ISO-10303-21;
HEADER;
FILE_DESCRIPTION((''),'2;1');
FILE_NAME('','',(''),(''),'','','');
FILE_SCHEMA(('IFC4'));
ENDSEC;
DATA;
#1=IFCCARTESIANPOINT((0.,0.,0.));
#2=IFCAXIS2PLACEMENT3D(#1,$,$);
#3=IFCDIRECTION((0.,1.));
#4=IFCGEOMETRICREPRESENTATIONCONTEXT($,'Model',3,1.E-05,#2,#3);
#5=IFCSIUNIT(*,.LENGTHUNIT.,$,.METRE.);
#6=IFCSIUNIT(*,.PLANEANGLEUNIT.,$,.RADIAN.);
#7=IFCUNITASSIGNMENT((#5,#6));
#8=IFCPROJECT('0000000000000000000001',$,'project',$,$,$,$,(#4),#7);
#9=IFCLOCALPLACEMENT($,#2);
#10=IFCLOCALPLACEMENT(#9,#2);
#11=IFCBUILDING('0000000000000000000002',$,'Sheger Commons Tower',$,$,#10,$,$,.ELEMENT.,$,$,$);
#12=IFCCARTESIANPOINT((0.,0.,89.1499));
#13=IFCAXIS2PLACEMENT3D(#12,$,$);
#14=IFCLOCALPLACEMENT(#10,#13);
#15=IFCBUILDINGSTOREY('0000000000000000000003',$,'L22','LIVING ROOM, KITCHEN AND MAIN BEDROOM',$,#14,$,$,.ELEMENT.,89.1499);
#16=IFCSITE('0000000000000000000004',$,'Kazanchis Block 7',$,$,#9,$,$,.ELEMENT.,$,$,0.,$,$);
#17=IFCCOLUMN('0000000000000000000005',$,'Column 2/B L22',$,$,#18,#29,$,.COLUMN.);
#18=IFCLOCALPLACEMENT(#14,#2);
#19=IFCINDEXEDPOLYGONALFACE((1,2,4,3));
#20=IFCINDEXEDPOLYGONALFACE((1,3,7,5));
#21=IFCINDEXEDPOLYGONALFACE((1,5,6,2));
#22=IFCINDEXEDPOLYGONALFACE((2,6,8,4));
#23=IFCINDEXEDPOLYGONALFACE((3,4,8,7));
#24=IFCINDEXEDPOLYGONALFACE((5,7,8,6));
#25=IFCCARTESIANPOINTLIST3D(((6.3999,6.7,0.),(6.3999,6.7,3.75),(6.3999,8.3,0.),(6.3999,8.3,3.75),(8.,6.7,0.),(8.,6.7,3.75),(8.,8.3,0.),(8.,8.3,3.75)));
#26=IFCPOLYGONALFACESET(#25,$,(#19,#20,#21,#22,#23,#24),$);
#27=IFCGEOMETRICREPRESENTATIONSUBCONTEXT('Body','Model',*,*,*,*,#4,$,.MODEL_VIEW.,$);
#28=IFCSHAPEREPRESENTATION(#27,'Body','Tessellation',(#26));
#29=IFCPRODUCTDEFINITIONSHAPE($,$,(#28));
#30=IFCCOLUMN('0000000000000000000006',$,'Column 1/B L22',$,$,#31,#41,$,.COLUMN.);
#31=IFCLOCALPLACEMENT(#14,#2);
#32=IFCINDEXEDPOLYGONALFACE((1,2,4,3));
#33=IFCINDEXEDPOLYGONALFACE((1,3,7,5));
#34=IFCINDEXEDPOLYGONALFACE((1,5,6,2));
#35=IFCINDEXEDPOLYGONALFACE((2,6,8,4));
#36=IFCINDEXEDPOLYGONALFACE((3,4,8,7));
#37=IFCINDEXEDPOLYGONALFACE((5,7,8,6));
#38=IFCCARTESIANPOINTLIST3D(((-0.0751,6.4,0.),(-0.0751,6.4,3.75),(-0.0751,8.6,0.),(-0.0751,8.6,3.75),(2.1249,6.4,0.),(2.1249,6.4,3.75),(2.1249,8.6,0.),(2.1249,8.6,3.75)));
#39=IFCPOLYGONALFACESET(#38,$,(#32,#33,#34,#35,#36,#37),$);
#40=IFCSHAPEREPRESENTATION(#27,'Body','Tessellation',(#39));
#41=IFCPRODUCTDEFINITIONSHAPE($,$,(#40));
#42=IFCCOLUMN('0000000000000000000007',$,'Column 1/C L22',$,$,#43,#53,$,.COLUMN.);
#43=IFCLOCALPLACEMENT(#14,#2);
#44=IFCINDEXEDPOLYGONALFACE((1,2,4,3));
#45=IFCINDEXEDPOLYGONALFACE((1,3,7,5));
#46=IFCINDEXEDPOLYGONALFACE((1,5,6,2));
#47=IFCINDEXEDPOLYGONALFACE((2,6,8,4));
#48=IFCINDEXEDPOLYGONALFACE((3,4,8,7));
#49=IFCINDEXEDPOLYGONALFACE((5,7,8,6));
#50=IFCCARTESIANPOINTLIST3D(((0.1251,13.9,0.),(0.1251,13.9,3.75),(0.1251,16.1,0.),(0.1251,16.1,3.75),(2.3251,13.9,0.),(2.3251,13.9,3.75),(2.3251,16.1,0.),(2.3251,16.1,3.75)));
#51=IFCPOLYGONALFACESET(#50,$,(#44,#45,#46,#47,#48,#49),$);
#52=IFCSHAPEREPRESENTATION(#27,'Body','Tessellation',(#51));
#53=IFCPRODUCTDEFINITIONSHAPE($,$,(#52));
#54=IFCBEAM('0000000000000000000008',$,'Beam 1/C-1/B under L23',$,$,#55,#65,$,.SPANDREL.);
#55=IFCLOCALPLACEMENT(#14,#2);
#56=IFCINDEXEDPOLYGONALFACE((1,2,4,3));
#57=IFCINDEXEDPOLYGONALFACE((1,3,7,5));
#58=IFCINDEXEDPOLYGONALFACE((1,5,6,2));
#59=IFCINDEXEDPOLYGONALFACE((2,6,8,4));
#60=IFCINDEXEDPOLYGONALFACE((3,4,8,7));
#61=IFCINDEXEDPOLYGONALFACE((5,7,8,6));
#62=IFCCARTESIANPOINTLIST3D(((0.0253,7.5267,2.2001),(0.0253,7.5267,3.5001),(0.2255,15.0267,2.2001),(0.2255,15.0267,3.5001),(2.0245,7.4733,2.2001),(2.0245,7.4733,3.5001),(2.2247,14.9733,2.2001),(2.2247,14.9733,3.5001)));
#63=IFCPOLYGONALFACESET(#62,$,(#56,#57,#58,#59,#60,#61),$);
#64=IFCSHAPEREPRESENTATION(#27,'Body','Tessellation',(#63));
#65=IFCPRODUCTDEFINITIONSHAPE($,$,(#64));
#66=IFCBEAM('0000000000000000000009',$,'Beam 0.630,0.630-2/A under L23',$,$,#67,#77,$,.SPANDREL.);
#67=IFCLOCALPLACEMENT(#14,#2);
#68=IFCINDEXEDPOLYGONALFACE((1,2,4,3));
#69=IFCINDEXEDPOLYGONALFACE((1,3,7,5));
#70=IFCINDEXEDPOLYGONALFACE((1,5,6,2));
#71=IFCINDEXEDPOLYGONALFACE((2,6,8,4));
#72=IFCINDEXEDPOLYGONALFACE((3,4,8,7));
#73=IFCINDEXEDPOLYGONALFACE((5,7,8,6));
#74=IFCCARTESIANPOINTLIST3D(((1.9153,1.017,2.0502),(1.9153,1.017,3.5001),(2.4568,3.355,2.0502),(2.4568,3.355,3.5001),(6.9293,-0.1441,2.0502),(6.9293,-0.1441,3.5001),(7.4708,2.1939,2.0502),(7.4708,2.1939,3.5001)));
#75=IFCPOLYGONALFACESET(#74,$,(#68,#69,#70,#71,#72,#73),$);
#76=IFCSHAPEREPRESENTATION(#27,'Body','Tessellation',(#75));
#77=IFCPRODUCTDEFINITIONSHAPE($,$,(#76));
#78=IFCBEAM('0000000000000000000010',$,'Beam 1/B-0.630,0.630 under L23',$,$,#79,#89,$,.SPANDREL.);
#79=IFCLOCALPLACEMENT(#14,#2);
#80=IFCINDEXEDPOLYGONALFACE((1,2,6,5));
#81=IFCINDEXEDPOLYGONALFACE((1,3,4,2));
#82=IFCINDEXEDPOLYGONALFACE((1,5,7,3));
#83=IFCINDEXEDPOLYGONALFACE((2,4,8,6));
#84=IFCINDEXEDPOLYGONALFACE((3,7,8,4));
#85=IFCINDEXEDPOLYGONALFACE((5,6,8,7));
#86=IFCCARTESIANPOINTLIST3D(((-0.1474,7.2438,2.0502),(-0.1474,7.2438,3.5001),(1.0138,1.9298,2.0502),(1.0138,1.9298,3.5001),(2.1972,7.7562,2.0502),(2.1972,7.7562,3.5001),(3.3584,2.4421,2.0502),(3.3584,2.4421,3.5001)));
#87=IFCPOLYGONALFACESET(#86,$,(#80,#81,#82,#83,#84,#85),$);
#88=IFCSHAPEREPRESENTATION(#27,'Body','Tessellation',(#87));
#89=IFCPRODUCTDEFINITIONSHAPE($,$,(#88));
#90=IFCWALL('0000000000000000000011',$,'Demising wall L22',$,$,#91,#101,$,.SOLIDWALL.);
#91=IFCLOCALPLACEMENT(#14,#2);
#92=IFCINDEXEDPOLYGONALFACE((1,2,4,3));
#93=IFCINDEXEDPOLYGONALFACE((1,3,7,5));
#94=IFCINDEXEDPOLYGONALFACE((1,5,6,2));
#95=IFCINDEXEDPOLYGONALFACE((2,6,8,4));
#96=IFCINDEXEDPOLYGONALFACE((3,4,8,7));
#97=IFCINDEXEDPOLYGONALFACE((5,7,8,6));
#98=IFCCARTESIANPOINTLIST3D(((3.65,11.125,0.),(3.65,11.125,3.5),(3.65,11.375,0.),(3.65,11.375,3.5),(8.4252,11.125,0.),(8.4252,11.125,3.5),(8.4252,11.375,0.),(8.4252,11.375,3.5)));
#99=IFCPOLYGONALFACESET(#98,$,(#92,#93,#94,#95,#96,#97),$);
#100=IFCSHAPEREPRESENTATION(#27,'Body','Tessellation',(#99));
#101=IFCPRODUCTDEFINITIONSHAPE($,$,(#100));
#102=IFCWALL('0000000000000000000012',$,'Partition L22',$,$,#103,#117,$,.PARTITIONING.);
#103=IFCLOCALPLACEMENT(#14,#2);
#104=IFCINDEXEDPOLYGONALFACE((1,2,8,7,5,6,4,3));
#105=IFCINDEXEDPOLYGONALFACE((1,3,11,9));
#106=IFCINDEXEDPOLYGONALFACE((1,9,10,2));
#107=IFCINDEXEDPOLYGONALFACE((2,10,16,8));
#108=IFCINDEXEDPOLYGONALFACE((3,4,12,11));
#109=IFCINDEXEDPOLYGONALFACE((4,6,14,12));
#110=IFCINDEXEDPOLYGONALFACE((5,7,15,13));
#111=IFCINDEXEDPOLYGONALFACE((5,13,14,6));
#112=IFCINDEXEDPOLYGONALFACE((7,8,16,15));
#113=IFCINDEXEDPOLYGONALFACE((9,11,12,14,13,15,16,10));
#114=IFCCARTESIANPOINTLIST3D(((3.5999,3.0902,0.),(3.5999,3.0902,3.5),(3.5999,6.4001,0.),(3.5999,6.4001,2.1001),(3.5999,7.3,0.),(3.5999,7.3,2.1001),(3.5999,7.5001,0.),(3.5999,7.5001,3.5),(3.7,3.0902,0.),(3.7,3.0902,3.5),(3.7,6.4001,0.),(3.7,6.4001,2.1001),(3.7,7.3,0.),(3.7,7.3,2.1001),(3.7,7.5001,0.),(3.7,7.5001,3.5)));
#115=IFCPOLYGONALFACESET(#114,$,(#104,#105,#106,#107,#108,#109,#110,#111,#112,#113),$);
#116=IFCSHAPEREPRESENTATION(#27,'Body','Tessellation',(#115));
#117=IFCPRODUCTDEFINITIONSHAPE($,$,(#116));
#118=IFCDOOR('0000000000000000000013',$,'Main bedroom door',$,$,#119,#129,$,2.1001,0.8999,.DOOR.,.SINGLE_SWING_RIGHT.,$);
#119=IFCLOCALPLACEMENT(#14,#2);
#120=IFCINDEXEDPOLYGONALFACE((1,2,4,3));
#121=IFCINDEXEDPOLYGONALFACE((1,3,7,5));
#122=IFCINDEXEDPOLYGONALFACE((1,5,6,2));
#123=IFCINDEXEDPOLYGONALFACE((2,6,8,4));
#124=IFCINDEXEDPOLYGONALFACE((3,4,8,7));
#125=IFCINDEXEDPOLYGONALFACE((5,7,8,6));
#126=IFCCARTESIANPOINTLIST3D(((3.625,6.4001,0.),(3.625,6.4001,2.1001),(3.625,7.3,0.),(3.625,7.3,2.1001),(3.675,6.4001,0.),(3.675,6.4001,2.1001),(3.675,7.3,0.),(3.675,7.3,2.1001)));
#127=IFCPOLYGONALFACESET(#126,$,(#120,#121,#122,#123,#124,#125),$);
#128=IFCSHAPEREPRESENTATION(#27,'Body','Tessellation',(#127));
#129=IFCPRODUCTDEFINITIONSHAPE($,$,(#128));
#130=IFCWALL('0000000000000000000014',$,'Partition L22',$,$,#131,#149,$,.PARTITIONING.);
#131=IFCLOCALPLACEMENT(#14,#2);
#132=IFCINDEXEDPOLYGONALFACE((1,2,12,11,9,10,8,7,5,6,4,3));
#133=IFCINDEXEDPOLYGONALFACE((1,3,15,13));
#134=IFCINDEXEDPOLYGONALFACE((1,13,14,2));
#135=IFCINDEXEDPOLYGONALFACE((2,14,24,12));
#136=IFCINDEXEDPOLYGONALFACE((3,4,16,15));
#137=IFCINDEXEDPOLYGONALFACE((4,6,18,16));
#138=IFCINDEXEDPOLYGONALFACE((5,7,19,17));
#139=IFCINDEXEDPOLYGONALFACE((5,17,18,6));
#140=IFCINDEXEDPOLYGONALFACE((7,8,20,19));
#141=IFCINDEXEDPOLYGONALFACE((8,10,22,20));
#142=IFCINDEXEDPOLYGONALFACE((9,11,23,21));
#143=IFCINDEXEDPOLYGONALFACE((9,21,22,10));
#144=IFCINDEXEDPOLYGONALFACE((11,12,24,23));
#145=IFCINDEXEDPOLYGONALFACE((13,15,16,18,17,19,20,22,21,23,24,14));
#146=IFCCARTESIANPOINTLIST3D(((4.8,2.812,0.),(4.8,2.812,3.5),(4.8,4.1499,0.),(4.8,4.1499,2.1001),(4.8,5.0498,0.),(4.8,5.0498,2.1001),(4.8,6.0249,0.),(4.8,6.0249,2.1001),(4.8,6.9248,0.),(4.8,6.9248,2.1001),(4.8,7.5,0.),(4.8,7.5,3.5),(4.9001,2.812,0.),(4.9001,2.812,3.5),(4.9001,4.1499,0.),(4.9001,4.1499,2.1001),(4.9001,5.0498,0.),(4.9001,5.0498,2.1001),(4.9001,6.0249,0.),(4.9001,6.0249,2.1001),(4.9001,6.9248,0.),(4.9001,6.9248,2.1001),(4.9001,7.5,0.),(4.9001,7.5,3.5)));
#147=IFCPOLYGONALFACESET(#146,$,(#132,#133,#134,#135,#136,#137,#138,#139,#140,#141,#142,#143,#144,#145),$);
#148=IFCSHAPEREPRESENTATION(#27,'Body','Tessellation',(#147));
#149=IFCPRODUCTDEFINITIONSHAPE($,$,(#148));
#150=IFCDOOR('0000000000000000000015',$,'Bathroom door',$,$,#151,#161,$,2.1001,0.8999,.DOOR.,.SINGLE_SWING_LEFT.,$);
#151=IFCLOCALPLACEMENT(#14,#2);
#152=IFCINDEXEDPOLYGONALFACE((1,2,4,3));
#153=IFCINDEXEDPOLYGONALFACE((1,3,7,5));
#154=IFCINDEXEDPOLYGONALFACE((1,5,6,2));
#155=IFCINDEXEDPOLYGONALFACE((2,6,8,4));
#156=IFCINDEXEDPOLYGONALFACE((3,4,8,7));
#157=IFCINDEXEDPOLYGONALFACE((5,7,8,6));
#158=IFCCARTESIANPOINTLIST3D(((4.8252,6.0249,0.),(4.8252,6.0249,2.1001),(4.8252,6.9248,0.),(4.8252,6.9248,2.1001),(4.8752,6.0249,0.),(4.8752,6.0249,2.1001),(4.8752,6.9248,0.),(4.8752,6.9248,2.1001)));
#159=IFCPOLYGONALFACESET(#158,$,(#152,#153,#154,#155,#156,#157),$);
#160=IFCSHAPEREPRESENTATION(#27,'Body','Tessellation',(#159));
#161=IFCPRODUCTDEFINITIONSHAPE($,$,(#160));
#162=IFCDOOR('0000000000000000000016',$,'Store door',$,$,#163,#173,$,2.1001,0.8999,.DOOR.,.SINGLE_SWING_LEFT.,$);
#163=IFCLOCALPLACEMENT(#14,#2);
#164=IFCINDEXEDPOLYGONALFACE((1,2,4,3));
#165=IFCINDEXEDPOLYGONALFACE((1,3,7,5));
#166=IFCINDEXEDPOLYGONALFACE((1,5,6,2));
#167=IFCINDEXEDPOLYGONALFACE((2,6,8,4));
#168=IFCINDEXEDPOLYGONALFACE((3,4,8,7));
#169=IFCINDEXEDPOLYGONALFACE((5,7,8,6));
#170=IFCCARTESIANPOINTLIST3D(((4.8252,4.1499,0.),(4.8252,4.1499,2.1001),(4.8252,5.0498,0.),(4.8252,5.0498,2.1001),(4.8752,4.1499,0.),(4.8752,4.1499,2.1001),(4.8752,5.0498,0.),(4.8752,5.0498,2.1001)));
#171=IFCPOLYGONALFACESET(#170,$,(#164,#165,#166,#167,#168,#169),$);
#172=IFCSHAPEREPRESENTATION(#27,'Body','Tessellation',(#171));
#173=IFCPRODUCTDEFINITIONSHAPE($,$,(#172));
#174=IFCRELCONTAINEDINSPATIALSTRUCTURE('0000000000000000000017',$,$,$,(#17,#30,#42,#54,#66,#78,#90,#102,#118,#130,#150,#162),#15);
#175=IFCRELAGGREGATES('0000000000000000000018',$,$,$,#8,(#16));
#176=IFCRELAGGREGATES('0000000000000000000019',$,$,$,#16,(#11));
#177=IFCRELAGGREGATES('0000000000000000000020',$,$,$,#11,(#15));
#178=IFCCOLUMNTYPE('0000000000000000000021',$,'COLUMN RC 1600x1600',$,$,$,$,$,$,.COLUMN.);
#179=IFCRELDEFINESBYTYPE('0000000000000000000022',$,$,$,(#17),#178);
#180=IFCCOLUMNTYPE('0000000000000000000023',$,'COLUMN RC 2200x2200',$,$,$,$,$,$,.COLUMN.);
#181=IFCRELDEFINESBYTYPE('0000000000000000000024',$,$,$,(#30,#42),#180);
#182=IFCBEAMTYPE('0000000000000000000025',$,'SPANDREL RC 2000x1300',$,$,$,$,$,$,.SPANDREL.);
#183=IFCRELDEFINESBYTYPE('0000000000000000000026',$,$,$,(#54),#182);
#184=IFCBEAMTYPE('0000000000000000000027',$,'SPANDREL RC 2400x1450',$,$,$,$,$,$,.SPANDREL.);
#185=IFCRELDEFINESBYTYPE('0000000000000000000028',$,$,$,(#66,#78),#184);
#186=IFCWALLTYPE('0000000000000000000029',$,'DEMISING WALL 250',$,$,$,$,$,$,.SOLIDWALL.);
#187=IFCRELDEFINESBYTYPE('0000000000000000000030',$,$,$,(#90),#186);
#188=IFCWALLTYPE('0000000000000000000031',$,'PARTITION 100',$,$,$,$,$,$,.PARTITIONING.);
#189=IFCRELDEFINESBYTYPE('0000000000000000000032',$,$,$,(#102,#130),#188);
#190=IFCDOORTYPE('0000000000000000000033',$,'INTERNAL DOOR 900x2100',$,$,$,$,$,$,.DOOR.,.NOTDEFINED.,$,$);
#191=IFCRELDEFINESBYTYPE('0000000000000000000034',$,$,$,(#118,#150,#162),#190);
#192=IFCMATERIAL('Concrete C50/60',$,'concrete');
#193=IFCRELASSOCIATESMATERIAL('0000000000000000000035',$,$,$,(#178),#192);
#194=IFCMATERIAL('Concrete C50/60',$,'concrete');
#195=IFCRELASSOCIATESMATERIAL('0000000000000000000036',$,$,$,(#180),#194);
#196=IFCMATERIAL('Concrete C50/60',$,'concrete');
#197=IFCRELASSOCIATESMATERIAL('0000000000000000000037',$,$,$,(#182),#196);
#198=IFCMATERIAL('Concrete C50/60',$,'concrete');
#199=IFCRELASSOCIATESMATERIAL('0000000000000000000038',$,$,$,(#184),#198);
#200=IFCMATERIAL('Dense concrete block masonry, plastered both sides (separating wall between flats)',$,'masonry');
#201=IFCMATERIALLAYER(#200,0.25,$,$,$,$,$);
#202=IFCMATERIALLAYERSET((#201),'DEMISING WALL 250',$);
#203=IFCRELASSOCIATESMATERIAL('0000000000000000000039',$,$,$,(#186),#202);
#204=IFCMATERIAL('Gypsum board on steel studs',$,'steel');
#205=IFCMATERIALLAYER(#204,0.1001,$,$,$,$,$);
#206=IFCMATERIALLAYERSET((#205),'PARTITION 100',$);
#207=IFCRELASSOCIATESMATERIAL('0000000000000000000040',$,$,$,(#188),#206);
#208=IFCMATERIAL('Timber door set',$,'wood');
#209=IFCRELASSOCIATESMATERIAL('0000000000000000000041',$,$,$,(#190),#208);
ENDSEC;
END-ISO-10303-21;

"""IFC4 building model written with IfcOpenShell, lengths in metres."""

from ifc_helpers import new_model, si_unit, direction, frame, frame_2d, origin, origin_2d, place, context, subcontext, project, spatial, rectangle, extrude, material, layer, layer_set, material_profile, profile_set, type_object, element, fill, save


model = new_model("IFC4")

# Units and contexts
model_context = context("Model", 3, precision=1e-05, world=origin(), true_north=direction((0.0, 1.0)))
body_context = subcontext(model_context, "Body", "Model", "MODEL_VIEW")
ifc_project = project(units=[si_unit("LENGTHUNIT", "METRE"), si_unit("PLANEANGLEUNIT", "RADIAN")], contexts=[model_context])

# Site, building, storey
site_placement = place(None, origin())
site = spatial("IfcSite", under=ifc_project, at=site_placement, Name="Kazanchis Block 7", CompositionType="ELEMENT", RefElevation=0.0)
building_placement = place(site_placement, origin())
building = spatial("IfcBuilding", under=site, at=building_placement, Name="Sheger Commons Tower", CompositionType="ELEMENT")
storey_placement = place(building_placement, frame((0.0, 0.0, 89.1499)))
storey = spatial("IfcBuildingStorey", under=building, at=storey_placement, Name="L22", Description="LIVING ROOM, KITCHEN AND MAIN BEDROOM", CompositionType="ELEMENT", Elevation=89.1499)

# Columns
ifc_material_1 = material(Name="Concrete C50/60", Category="concrete")
ifc_material_profile_1 = material_profile(ifc_material_1, rectangle(XDim=1.6001, YDim=1.6001, at=origin_2d()), Name="RC 1600x1600")
ifc_profile_set_1 = profile_set([ifc_material_profile_1], Name="Concrete C50/60")
column_type_1 = type_object("IfcColumnType", Name="COLUMN RC 1600x1600", PredefinedType="COLUMN", material=ifc_profile_set_1)
column_placement = place(storey_placement, frame((7.2, 7.5, 0.0), z_axis=(0.0, 0.0, 1.0), x_axis=(1.0, 0.0, 0.0)))
element("IfcColumn", 1, at=column_placement, inside=storey, type_object=column_type_1, Name="Column 2/B L22", PredefinedType="COLUMN", context=body_context, shape_type="SweptSolid", body=[
    extrude(rectangle(XDim=1.6001, YDim=1.6001, at=origin_2d()), origin(), (0.0, 0.0, 1.0), 3.75),
])
ifc_material_2 = material(Name="Concrete C50/60", Category="concrete")
ifc_material_profile_2 = material_profile(ifc_material_2, rectangle(XDim=2.2, YDim=2.2, at=origin_2d()), Name="RC 2200x2200")
ifc_profile_set_2 = profile_set([ifc_material_profile_2], Name="Concrete C50/60")
column_type_2 = type_object("IfcColumnType", Name="COLUMN RC 2200x2200", PredefinedType="COLUMN", material=ifc_profile_set_2)
for number, where, z_axis, x_axis, name in (
    (2, (1.0249, 7.5, 0.0), (0.0, 0.0, 1.0), (1.0, 0.0, 0.0), "Column 1/B L22"),
    (3, (1.2251, 15.0, 0.0), (0.0, 0.0, 1.0), (1.0, 0.0, 0.0), "Column 1/C L22"),
):
    element("IfcColumn", number, at=place(storey_placement, frame(where, z_axis=z_axis, x_axis=x_axis)), inside=storey, type_object=column_type_2, Name=name, PredefinedType="COLUMN", context=body_context, shape_type="SweptSolid", body=[
        extrude(rectangle(XDim=2.2, YDim=2.2, at=origin_2d()), origin(), (0.0, 0.0, 1.0), 3.75),
    ])

# Beams
ifc_material_3 = material(Name="Concrete C50/60", Category="concrete")
ifc_material_profile_3 = material_profile(ifc_material_3, rectangle(XDim=2.0, YDim=1.3, at=origin_2d()), Name="RC 2000x1300")
ifc_profile_set_3 = profile_set([ifc_material_profile_3], Name="Concrete C50/60")
beam_type_1 = type_object("IfcBeamType", Name="SPANDREL RC 2000x1300", PredefinedType="SPANDREL", material=ifc_profile_set_3)
beam_1_placement = place(storey_placement, frame((1.2251, 15.0, 2.8501), z_axis=(-0.026683, -0.999644, 0.0), x_axis=(0.999644, -0.026683, 0.0)))
element("IfcBeam", 4, at=beam_1_placement, inside=storey, type_object=beam_type_1, Name="Beam 1/C-1/B under L23", PredefinedType="SPANDREL", context=body_context, shape_type="SweptSolid", body=[
    extrude(rectangle(XDim=2.0, YDim=1.3, at=origin_2d()), origin(), (0.0, 0.0, 1.0), 7.5027),
])
ifc_material_4 = material(Name="Concrete C50/60", Category="concrete")
ifc_material_profile_4 = material_profile(ifc_material_4, rectangle(XDim=2.3999, YDim=1.45, at=origin_2d()), Name="RC 2400x1450")
ifc_profile_set_4 = profile_set([ifc_material_profile_4], Name="Concrete C50/60")
beam_type_2 = type_object("IfcBeamType", Name="SPANDREL RC 2400x1450", PredefinedType="SPANDREL", material=ifc_profile_set_4)
beam_2_placement = place(storey_placement, frame((2.186, 2.186, 2.7751), z_axis=(0.974217, -0.225611, 0.0), x_axis=(0.225611, 0.974217, 0.0)))
element("IfcBeam", 5, at=beam_2_placement, inside=storey, type_object=beam_type_2, Name="Beam 0.630,0.630-2/A under L23", PredefinedType="SPANDREL", context=body_context, shape_type="SweptSolid", body=[
    extrude(rectangle(XDim=2.3999, YDim=1.45, at=origin_2d()), origin(), (0.0, 0.0, 1.0), 5.1467),
])
beam_3_placement = place(storey_placement, frame((1.0249, 7.5, 2.7751), z_axis=(0.213469, -0.97695, 0.0), x_axis=(0.97695, 0.213469, 0.0)))
element("IfcBeam", 6, at=beam_3_placement, inside=storey, type_object=beam_type_2, Name="Beam 1/B-0.630,0.630 under L23", PredefinedType="SPANDREL", context=body_context, shape_type="SweptSolid", body=[
    extrude(rectangle(XDim=2.3999, YDim=1.45, at=origin_2d()), origin(), (0.0, 0.0, 1.0), 5.4395),
])

# Wall
ifc_material_5 = material(Name="Dense concrete block masonry, plastered both sides (separating wall between flats)", Category="masonry")
ifc_layer_1 = layer(ifc_material_5, 0.25)
ifc_layer_set_1 = layer_set([ifc_layer_1], Name="DEMISING WALL 250")
wall_type_1 = type_object("IfcWallType", Name="DEMISING WALL 250", PredefinedType="SOLIDWALL", material=ifc_layer_set_1)
wall_1_placement = place(storey_placement, frame((3.6499, 11.25, 0.0), z_axis=(0.0, 0.0, 1.0), x_axis=(1.0, 0.0, 0.0)))
element("IfcWall", 7, at=wall_1_placement, inside=storey, type_object=wall_type_1, Name="Demising wall L22", PredefinedType="SOLIDWALL", context=body_context, shape_type="SweptSolid", body=[
    extrude(rectangle(XDim=4.7751, YDim=0.25, at=frame_2d((2.3877, 0.0))), origin(), (0.0, 0.0, 1.0), 3.5),
])

# Wall, opening, door
ifc_material_6 = material(Name="Gypsum board on steel studs", Category="steel")
ifc_layer_2 = layer(ifc_material_6, 0.1001)
ifc_layer_set_2 = layer_set([ifc_layer_2], Name="PARTITION 100")
wall_type_2 = type_object("IfcWallType", Name="PARTITION 100", PredefinedType="PARTITIONING", material=ifc_layer_set_2)
wall_2_placement = place(storey_placement, frame((3.6499, 3.0901, 0.0), z_axis=(0.0, 0.0, 1.0), x_axis=(0.0, 1.0, 0.0)))
wall_2 = element("IfcWall", 8, at=wall_2_placement, inside=storey, type_object=wall_type_2, Name="Partition L22", PredefinedType="PARTITIONING", context=body_context, shape_type="SweptSolid", body=[
    extrude(rectangle(XDim=4.4099, YDim=0.1001, at=frame_2d((2.2051, 0.0))), origin(), (0.0, 0.0, 1.0), 3.5),
])
opening_1_placement = place(wall_2_placement, frame((3.3101, 0.0, 0.0)))
opening_1 = element("IfcOpeningElement", 9, at=opening_1_placement, cuts=wall_2, PredefinedType="OPENING", context=body_context, shape_type="SweptSolid", body=[
    extrude(rectangle(XDim=0.8999, YDim=2.1001, at=frame_2d((0.45, 1.05))), frame((0.0, 0.0601, 0.0), z_axis=(0.0, -1.0, 0.0), x_axis=(1.0, 0.0, 0.0)), (0.0, 0.0, 1.0), 0.1201),
])
ifc_material_7 = material(Name="Timber door set", Category="wood")
door_type = type_object("IfcDoorType", Name="INTERNAL DOOR 900x2100", OperationType="NOTDEFINED", PredefinedType="DOOR", material=ifc_material_7)
door_1_placement = place(opening_1_placement, origin())
door_1 = element("IfcDoor", 10, at=door_1_placement, inside=storey, type_object=door_type, Name="Main bedroom door", OperationType="SINGLE_SWING_RIGHT", OverallHeight=2.1001, OverallWidth=0.8999, PredefinedType="DOOR", context=body_context, shape_type="SweptSolid", body=[
    extrude(rectangle(XDim=0.8999, YDim=2.1001, at=frame_2d((0.45, 1.05))), frame((0.0, 0.0249, 0.0), z_axis=(0.0, -1.0, 0.0), x_axis=(1.0, 0.0, 0.0)), (0.0, 0.0, 1.0), 0.05),
])
fill(opening_1, door_1)

# Wall, openings, doors
wall_3_placement = place(storey_placement, frame((4.8501, 2.812, 0.0), z_axis=(0.0, 0.0, 1.0), x_axis=(0.0, 1.0, 0.0)))
wall_3 = element("IfcWall", 11, at=wall_3_placement, inside=storey, type_object=wall_type_2, Name="Partition L22", PredefinedType="PARTITIONING", context=body_context, shape_type="SweptSolid", body=[
    extrude(rectangle(XDim=4.688, YDim=0.1001, at=frame_2d((2.344, 0.0))), origin(), (0.0, 0.0, 1.0), 3.5),
])
opening_2_placement = place(wall_3_placement, frame((3.2129, 0.0, 0.0)))
opening_2 = element("IfcOpeningElement", 12, at=opening_2_placement, cuts=wall_3, PredefinedType="OPENING", context=body_context, shape_type="SweptSolid", body=[
    extrude(rectangle(XDim=0.8999, YDim=2.1001, at=frame_2d((0.45, 1.05))), frame((0.0, 0.0601, 0.0), z_axis=(0.0, -1.0, 0.0), x_axis=(1.0, 0.0, 0.0)), (0.0, 0.0, 1.0), 0.1201),
])
opening_3_placement = place(wall_3_placement, frame((1.3379, 0.0, 0.0)))
opening_3 = element("IfcOpeningElement", 13, at=opening_3_placement, cuts=wall_3, PredefinedType="OPENING", context=body_context, shape_type="SweptSolid", body=[
    extrude(rectangle(XDim=0.8999, YDim=2.1001, at=frame_2d((0.45, 1.05))), frame((0.0, 0.0601, 0.0), z_axis=(0.0, -1.0, 0.0), x_axis=(1.0, 0.0, 0.0)), (0.0, 0.0, 1.0), 0.1201),
])
door_2_placement = place(opening_2_placement, origin())
door_2 = element("IfcDoor", 14, at=door_2_placement, inside=storey, type_object=door_type, Name="Bathroom door", OperationType="SINGLE_SWING_LEFT", OverallHeight=2.1001, OverallWidth=0.8999, PredefinedType="DOOR", context=body_context, shape_type="SweptSolid", body=[
    extrude(rectangle(XDim=0.8999, YDim=2.1001, at=frame_2d((0.45, 1.05))), frame((0.0, 0.0249, 0.0), z_axis=(0.0, -1.0, 0.0), x_axis=(1.0, 0.0, 0.0)), (0.0, 0.0, 1.0), 0.05),
])
fill(opening_2, door_2)
door_3_placement = place(opening_3_placement, origin())
door_3 = element("IfcDoor", 15, at=door_3_placement, inside=storey, type_object=door_type, Name="Store door", OperationType="SINGLE_SWING_LEFT", OverallHeight=2.1001, OverallWidth=0.8999, PredefinedType="DOOR", context=body_context, shape_type="SweptSolid", body=[
    extrude(rectangle(XDim=0.8999, YDim=2.1001, at=frame_2d((0.45, 1.05))), frame((0.0, 0.0249, 0.0), z_axis=(0.0, -1.0, 0.0), x_axis=(1.0, 0.0, 0.0)), (0.0, 0.0, 1.0), 0.05),
])
fill(opening_3, door_3)

save(model, "model.ifc")
